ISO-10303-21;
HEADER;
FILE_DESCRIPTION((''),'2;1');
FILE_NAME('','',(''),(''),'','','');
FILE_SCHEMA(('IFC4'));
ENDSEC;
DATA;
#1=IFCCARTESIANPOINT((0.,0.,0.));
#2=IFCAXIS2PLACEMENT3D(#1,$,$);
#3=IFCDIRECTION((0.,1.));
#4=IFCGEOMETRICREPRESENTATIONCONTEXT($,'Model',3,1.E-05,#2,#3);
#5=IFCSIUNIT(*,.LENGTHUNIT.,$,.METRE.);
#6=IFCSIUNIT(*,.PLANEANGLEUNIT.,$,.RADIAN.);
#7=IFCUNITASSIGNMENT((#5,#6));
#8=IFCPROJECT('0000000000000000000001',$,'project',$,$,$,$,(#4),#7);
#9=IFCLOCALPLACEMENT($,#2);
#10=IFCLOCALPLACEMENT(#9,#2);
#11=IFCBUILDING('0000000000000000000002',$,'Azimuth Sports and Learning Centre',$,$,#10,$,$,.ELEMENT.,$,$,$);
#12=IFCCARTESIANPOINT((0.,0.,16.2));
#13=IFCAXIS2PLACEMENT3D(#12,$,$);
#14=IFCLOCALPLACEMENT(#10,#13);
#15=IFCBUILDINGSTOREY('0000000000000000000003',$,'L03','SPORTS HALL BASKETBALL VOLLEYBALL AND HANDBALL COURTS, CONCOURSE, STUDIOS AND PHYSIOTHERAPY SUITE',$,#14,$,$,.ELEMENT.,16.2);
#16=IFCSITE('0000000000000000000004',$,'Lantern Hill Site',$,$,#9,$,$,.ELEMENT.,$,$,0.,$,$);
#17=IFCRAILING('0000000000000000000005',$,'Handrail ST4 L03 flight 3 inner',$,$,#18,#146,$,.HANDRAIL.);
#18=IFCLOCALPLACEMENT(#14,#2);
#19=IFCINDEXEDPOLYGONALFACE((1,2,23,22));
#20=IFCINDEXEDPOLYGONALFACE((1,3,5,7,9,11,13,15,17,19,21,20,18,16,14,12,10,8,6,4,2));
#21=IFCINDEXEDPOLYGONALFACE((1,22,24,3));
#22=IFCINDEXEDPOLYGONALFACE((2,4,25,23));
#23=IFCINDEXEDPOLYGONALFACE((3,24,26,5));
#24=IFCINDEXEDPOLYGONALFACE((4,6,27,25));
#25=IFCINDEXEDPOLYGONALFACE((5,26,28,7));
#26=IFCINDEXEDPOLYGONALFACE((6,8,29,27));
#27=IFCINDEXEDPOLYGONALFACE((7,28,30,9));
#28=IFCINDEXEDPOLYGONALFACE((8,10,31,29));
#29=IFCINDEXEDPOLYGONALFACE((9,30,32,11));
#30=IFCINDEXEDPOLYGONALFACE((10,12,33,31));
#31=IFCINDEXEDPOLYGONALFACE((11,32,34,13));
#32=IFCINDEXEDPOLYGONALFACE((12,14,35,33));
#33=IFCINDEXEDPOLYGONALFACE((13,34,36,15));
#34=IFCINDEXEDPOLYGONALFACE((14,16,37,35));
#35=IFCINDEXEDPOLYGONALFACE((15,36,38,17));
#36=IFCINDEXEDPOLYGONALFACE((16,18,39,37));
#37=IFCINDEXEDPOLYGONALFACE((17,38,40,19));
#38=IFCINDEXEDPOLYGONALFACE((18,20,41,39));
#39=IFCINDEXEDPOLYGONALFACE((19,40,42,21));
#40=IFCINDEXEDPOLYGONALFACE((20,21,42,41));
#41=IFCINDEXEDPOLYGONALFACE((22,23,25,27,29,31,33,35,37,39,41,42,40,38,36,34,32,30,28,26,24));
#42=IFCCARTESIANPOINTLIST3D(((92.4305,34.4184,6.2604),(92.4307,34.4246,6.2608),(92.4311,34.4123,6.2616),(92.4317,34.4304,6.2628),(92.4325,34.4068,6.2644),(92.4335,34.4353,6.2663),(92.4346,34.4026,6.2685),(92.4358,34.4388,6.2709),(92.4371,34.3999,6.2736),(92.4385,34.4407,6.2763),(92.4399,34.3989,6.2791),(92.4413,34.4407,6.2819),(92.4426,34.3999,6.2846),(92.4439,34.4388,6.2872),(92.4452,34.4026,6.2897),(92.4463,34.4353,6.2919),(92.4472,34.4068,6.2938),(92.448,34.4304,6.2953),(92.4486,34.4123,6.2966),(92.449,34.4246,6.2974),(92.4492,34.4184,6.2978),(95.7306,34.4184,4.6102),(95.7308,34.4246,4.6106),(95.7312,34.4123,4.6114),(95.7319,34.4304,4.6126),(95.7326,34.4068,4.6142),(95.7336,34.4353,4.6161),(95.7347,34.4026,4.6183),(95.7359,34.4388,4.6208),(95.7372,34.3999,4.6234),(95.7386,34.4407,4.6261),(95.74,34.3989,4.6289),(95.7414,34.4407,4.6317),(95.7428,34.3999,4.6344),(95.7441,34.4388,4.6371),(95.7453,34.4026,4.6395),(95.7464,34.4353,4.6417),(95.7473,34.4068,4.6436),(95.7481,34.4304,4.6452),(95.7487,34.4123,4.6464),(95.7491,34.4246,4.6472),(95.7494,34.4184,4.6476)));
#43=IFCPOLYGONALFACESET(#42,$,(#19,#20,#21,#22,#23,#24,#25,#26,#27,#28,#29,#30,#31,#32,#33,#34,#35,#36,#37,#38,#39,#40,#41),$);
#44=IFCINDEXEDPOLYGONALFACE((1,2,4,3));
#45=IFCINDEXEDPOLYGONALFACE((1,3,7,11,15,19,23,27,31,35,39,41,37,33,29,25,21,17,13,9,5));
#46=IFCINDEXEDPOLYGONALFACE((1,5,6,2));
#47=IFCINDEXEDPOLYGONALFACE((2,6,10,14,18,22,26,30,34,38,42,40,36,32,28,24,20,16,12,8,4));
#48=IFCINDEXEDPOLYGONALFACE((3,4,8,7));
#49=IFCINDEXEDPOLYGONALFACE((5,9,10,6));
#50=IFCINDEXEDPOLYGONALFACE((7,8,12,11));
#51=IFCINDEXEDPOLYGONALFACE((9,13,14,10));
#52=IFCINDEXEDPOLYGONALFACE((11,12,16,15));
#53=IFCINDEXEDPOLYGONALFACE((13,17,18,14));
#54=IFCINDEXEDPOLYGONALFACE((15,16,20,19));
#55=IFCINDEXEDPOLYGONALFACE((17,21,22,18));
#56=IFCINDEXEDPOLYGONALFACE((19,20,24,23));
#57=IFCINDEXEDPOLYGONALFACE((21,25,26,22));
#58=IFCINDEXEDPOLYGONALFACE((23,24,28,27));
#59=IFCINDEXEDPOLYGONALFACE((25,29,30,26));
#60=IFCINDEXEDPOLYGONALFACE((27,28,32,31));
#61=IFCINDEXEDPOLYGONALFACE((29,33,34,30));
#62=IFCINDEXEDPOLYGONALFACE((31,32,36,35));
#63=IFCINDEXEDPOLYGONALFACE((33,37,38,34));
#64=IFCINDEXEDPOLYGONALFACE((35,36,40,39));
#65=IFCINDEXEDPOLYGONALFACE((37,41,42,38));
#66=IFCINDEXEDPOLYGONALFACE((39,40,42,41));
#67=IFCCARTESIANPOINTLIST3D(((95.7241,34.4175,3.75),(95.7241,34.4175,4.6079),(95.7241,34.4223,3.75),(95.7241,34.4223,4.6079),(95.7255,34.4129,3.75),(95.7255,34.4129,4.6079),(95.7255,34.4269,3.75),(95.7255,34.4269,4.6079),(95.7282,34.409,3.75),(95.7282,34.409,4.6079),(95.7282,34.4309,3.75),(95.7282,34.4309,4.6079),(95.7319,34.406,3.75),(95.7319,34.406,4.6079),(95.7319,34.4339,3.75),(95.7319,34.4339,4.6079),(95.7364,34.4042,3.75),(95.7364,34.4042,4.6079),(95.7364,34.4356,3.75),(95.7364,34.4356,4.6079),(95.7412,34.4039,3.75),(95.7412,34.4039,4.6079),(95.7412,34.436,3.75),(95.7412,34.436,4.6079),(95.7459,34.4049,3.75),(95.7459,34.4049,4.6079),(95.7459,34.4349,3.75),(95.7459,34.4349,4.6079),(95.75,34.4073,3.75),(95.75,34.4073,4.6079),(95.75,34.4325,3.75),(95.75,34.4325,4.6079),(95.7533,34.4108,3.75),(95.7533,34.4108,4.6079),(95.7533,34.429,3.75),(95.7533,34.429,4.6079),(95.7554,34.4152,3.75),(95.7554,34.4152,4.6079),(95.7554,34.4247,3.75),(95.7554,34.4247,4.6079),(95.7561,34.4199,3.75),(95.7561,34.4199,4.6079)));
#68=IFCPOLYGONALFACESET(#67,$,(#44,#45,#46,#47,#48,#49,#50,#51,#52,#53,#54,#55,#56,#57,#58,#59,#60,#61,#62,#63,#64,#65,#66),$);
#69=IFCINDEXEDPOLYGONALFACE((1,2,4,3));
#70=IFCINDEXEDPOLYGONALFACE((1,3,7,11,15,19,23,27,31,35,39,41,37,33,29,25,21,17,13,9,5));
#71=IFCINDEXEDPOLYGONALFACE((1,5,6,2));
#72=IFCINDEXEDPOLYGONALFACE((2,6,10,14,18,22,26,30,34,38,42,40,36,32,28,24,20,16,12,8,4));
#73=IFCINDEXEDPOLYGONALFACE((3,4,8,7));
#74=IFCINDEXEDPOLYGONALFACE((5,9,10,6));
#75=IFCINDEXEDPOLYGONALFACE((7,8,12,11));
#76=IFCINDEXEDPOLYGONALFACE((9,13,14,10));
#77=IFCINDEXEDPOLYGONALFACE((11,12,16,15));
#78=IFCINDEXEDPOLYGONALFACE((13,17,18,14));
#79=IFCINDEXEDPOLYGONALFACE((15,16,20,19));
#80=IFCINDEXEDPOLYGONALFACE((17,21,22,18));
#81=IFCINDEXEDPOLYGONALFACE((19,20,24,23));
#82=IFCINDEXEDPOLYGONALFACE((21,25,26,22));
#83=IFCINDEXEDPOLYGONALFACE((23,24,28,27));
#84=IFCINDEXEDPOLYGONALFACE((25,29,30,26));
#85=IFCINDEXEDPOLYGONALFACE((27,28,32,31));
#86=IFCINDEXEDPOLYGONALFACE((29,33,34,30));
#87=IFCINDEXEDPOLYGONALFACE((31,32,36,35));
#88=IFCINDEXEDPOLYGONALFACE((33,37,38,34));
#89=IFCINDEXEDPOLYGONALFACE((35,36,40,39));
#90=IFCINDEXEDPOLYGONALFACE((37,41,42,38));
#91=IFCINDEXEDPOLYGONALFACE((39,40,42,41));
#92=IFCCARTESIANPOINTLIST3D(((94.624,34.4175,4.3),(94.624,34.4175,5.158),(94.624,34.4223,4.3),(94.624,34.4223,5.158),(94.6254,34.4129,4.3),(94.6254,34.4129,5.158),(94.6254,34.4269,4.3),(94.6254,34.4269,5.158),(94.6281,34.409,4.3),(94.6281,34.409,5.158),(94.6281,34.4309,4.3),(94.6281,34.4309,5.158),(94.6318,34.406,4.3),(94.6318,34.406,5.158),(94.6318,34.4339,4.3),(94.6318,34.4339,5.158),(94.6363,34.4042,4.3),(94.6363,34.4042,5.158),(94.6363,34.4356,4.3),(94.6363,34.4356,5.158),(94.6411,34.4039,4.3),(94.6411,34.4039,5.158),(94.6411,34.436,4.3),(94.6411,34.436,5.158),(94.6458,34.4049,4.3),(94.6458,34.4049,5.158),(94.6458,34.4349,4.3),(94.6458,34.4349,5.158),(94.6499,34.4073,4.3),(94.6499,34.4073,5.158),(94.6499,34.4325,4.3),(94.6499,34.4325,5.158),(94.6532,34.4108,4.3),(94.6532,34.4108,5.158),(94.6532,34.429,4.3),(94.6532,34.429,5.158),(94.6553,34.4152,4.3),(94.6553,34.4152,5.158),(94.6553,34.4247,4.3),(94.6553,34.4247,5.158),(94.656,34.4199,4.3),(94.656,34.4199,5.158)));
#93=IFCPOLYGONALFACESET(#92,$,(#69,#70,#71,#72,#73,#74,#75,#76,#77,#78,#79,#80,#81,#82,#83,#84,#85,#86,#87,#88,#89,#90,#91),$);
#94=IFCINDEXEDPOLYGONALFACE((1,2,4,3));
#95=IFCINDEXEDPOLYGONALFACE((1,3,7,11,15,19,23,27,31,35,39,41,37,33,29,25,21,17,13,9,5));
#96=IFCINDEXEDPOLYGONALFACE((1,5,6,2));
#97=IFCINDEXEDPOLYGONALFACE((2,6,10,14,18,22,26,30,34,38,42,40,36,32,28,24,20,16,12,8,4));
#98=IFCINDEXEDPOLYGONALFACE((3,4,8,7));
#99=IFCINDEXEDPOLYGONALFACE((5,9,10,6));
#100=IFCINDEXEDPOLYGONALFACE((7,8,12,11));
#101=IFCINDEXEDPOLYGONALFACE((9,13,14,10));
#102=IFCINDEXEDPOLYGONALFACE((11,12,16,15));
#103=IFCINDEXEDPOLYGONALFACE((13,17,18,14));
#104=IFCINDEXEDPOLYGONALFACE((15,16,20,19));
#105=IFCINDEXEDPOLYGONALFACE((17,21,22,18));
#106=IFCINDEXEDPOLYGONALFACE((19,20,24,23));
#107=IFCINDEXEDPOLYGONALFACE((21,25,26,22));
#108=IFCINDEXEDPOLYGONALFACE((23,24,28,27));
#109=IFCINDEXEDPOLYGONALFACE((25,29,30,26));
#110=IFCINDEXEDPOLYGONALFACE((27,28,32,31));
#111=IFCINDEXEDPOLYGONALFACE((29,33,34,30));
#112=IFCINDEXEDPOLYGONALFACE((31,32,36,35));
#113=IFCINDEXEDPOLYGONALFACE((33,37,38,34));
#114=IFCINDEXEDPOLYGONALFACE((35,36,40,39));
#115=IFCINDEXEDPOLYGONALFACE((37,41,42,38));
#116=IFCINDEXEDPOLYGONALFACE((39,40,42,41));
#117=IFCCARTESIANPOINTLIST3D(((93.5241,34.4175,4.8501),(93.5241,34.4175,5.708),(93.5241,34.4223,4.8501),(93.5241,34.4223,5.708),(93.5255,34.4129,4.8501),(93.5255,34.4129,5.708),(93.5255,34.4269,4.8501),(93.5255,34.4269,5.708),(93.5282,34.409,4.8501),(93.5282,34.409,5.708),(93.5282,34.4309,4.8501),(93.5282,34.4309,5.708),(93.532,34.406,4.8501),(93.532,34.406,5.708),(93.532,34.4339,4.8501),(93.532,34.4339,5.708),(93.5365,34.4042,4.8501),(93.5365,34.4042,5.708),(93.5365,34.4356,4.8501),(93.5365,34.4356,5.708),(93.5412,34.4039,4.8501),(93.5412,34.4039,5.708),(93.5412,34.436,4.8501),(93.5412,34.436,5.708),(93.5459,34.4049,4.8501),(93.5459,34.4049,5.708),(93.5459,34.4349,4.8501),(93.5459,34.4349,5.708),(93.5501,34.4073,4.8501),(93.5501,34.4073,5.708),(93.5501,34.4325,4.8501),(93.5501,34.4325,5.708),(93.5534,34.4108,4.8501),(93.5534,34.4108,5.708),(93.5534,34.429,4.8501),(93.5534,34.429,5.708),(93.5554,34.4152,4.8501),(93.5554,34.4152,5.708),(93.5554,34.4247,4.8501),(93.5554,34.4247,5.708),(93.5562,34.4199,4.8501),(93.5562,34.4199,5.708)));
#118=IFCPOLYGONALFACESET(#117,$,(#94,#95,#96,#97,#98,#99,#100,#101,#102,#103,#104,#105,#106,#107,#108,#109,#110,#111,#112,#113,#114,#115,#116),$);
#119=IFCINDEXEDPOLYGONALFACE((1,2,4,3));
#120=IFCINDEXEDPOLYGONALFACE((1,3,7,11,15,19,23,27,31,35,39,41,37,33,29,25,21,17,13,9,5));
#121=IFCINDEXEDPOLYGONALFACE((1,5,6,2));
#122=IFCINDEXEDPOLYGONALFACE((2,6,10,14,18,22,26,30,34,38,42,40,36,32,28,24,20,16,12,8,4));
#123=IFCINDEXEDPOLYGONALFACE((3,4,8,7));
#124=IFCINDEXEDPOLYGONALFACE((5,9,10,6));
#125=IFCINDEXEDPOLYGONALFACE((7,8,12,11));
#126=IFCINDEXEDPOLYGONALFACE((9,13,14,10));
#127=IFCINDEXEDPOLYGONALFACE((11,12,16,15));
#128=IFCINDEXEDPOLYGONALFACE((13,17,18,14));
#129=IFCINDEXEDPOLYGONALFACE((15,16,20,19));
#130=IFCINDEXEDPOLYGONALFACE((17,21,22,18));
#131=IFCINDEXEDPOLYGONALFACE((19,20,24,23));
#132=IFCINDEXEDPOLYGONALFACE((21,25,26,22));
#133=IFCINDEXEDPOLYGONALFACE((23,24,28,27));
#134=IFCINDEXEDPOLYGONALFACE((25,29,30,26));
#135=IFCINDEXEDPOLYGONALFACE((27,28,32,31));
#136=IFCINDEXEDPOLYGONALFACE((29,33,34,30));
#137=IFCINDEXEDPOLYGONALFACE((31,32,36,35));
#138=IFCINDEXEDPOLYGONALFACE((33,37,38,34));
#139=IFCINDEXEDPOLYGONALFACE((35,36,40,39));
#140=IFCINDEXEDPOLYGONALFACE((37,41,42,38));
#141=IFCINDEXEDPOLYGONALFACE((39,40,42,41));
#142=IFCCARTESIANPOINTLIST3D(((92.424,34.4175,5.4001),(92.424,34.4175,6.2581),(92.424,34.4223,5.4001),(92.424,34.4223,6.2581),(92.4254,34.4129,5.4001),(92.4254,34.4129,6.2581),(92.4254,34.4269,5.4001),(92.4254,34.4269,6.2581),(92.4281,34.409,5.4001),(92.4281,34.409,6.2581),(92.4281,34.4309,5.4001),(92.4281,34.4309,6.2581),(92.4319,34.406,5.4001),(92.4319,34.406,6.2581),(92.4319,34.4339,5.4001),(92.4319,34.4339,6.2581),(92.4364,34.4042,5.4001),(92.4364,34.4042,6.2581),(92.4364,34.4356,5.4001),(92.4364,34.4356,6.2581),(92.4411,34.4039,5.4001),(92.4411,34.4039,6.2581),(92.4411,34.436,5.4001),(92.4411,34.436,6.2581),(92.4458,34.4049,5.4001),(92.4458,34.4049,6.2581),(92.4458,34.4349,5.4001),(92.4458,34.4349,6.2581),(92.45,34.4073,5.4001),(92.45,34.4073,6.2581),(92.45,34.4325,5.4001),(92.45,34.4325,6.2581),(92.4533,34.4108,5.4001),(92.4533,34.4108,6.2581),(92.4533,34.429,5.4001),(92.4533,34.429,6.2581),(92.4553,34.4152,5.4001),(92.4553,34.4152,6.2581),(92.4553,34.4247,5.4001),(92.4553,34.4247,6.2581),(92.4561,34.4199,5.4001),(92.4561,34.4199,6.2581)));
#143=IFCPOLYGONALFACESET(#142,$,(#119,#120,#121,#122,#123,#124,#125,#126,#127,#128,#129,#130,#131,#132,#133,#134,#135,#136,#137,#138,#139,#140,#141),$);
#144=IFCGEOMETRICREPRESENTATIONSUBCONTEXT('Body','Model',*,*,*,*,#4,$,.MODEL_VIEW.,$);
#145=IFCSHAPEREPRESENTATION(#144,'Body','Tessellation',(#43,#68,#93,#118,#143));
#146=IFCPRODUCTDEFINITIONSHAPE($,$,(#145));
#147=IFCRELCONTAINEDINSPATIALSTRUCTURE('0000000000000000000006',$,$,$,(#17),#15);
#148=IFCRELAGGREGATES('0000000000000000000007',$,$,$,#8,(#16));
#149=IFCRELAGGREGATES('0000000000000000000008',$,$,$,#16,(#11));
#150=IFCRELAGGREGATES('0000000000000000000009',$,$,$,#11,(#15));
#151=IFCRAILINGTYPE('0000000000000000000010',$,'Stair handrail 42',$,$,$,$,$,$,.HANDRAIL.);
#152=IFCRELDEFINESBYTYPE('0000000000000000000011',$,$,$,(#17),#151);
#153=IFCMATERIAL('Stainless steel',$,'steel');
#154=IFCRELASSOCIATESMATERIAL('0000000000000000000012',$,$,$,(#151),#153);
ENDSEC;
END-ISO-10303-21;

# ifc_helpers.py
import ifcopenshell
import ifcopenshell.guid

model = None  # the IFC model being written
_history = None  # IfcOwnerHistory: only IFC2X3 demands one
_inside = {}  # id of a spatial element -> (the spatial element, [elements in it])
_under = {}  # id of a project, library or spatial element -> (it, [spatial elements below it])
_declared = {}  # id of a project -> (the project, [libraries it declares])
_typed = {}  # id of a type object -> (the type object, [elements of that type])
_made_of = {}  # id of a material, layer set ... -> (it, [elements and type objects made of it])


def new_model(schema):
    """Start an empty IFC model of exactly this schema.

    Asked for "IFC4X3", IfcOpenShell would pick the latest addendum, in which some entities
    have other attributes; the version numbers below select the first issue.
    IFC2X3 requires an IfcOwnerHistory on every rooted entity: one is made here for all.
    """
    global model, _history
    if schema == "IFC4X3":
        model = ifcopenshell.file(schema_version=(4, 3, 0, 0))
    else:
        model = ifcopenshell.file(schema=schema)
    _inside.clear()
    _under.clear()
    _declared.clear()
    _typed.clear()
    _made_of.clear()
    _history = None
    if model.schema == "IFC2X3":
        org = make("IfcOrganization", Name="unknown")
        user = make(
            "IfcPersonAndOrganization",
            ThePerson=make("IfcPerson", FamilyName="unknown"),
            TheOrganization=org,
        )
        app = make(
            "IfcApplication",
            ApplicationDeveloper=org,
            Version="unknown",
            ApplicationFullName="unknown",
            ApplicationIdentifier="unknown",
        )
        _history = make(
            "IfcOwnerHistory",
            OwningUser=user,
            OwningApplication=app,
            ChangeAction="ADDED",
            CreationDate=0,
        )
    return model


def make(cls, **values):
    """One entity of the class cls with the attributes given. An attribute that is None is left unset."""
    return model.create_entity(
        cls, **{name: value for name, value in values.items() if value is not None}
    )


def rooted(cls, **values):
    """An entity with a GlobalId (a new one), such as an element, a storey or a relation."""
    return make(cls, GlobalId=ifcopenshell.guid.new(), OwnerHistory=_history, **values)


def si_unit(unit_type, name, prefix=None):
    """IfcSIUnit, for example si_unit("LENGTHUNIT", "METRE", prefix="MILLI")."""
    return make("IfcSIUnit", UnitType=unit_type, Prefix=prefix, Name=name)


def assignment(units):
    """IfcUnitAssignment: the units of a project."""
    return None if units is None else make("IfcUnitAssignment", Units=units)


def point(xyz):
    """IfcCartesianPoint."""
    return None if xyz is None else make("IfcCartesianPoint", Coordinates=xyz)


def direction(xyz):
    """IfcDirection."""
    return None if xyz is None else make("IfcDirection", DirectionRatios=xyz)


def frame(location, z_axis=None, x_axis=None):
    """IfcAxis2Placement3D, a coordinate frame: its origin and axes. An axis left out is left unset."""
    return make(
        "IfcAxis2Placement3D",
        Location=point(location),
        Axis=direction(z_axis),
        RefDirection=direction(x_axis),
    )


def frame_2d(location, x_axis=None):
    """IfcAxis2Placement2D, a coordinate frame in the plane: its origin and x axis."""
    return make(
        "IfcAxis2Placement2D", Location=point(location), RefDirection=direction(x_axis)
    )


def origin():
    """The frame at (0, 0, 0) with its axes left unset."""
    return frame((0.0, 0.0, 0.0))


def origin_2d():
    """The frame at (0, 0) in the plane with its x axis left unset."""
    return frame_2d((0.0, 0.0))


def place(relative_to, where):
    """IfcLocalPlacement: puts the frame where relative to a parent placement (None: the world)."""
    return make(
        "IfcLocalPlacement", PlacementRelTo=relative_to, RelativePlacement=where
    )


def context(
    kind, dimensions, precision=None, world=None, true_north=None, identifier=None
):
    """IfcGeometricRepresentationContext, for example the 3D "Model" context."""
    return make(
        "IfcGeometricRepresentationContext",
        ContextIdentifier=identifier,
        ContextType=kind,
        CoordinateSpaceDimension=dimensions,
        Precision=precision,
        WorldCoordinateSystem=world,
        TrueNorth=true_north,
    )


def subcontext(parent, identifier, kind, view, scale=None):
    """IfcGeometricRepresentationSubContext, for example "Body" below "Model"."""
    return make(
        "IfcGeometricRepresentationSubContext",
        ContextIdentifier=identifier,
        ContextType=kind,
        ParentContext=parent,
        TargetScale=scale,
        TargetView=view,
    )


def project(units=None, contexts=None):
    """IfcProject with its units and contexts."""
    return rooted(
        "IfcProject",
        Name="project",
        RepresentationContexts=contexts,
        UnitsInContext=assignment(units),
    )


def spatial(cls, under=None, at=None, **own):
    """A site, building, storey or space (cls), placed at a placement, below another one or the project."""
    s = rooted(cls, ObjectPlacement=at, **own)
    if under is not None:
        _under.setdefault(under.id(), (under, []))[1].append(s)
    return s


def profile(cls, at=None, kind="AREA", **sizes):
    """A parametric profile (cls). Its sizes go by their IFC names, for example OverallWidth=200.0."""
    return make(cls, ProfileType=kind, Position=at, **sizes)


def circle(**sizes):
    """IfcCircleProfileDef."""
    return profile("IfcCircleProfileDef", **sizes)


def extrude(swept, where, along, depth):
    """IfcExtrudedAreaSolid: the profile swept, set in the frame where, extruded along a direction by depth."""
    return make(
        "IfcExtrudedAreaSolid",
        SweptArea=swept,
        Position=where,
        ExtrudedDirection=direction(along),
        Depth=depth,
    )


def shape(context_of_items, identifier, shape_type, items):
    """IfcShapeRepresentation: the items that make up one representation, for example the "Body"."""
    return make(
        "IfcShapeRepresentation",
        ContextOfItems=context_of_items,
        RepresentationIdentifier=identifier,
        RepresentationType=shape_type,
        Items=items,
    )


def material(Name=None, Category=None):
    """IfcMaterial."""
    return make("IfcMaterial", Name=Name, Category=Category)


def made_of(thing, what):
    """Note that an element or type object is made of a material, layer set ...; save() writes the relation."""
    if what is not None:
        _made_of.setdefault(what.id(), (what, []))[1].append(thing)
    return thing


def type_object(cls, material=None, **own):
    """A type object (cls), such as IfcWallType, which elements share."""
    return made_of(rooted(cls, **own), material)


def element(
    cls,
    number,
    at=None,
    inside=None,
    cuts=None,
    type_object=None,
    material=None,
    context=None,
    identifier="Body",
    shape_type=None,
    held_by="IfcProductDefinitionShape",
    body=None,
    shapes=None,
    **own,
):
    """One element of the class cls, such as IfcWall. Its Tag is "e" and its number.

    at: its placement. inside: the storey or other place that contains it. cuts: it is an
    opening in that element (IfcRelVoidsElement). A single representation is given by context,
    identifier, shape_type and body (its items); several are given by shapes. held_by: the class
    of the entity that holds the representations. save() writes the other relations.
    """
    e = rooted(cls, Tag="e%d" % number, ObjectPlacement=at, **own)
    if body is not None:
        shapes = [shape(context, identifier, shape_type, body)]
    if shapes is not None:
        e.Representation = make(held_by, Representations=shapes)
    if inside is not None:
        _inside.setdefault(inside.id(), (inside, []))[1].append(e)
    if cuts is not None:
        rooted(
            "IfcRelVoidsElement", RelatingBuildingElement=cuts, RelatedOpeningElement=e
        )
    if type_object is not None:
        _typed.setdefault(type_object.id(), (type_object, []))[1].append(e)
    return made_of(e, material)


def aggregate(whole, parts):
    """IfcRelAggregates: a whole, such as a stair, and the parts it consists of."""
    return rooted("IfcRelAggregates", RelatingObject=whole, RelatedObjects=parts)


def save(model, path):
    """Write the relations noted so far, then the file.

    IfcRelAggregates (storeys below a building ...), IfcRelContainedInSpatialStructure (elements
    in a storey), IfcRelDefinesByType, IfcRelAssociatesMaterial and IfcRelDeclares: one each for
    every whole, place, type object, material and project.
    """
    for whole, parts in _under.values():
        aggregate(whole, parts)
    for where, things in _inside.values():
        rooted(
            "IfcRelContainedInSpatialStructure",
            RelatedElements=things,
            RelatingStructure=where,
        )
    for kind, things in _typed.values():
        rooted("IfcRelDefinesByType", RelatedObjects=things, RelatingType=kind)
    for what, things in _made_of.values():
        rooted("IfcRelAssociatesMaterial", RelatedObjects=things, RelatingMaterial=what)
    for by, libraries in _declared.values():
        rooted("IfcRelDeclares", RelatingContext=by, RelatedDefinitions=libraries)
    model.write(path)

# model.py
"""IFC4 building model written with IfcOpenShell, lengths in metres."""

from ifc_helpers import new_model, si_unit, direction, frame, origin, origin_2d, place, context, subcontext, project, spatial, circle, extrude, material, type_object, element, save


model = new_model("IFC4")

# Units and contexts
model_context = context("Model", 3, precision=1e-05, world=origin(), true_north=direction((0.0, 1.0)))
body_context = subcontext(model_context, "Body", "Model", "MODEL_VIEW")
ifc_project = project(units=[si_unit("LENGTHUNIT", "METRE"), si_unit("PLANEANGLEUNIT", "RADIAN")], contexts=[model_context])

# Site, building, storey
site_placement = place(None, origin())
site = spatial("IfcSite", under=ifc_project, at=site_placement, Name="Lantern Hill Site", CompositionType="ELEMENT", RefElevation=0.0)
building_placement = place(site_placement, origin())
building = spatial("IfcBuilding", under=site, at=building_placement, Name="Azimuth Sports and Learning Centre", CompositionType="ELEMENT")
storey_placement = place(building_placement, frame((0.0, 0.0, 16.2)))
storey = spatial("IfcBuildingStorey", under=building, at=storey_placement, Name="L03", Description="SPORTS HALL BASKETBALL VOLLEYBALL AND HANDBALL COURTS, CONCOURSE, STUDIOS AND PHYSIOTHERAPY SUITE", CompositionType="ELEMENT", Elevation=16.2)

# Railing
ifc_material_1 = material(Name="Stainless steel", Category="steel")
railing_type_1 = type_object("IfcRailingType", Name="Stair handrail 42", PredefinedType="HANDRAIL", material=ifc_material_1)
for number, where, name in (
    (1, (95.74, 34.4199, 3.75), "Handrail ST4 L03 flight 3 inner"),
):
    element("IfcRailing", number, at=place(storey_placement, frame(where)), inside=storey, type_object=railing_type_1, Name=name, PredefinedType="HANDRAIL", context=body_context, shape_type="SweptSolid", body=[
        extrude(circle(Radius=0.021, at=origin_2d()), frame((0.0, 0.0, 0.8789), z_axis=(-0.894414, 0.0, 0.44724), x_axis=(0.0, -1.0, 0.0)), (0.0, 0.0, 1.0), 3.6897),
        extrude(circle(Radius=0.0161, at=origin_2d()), origin(), (0.0, 0.0, 1.0), 0.8579),
        extrude(circle(Radius=0.0161, at=origin_2d()), frame((-1.1001, 0.0, 0.55)), (0.0, 0.0, 1.0), 0.8579),
        extrude(circle(Radius=0.0161, at=origin_2d()), frame((-2.2, 0.0, 1.1001)), (0.0, 0.0, 1.0), 0.8579),
        extrude(circle(Radius=0.0161, at=origin_2d()), frame((-3.3, 0.0, 1.6501)), (0.0, 0.0, 1.0), 0.8579),
    ])

save(model, "model.ifc")
